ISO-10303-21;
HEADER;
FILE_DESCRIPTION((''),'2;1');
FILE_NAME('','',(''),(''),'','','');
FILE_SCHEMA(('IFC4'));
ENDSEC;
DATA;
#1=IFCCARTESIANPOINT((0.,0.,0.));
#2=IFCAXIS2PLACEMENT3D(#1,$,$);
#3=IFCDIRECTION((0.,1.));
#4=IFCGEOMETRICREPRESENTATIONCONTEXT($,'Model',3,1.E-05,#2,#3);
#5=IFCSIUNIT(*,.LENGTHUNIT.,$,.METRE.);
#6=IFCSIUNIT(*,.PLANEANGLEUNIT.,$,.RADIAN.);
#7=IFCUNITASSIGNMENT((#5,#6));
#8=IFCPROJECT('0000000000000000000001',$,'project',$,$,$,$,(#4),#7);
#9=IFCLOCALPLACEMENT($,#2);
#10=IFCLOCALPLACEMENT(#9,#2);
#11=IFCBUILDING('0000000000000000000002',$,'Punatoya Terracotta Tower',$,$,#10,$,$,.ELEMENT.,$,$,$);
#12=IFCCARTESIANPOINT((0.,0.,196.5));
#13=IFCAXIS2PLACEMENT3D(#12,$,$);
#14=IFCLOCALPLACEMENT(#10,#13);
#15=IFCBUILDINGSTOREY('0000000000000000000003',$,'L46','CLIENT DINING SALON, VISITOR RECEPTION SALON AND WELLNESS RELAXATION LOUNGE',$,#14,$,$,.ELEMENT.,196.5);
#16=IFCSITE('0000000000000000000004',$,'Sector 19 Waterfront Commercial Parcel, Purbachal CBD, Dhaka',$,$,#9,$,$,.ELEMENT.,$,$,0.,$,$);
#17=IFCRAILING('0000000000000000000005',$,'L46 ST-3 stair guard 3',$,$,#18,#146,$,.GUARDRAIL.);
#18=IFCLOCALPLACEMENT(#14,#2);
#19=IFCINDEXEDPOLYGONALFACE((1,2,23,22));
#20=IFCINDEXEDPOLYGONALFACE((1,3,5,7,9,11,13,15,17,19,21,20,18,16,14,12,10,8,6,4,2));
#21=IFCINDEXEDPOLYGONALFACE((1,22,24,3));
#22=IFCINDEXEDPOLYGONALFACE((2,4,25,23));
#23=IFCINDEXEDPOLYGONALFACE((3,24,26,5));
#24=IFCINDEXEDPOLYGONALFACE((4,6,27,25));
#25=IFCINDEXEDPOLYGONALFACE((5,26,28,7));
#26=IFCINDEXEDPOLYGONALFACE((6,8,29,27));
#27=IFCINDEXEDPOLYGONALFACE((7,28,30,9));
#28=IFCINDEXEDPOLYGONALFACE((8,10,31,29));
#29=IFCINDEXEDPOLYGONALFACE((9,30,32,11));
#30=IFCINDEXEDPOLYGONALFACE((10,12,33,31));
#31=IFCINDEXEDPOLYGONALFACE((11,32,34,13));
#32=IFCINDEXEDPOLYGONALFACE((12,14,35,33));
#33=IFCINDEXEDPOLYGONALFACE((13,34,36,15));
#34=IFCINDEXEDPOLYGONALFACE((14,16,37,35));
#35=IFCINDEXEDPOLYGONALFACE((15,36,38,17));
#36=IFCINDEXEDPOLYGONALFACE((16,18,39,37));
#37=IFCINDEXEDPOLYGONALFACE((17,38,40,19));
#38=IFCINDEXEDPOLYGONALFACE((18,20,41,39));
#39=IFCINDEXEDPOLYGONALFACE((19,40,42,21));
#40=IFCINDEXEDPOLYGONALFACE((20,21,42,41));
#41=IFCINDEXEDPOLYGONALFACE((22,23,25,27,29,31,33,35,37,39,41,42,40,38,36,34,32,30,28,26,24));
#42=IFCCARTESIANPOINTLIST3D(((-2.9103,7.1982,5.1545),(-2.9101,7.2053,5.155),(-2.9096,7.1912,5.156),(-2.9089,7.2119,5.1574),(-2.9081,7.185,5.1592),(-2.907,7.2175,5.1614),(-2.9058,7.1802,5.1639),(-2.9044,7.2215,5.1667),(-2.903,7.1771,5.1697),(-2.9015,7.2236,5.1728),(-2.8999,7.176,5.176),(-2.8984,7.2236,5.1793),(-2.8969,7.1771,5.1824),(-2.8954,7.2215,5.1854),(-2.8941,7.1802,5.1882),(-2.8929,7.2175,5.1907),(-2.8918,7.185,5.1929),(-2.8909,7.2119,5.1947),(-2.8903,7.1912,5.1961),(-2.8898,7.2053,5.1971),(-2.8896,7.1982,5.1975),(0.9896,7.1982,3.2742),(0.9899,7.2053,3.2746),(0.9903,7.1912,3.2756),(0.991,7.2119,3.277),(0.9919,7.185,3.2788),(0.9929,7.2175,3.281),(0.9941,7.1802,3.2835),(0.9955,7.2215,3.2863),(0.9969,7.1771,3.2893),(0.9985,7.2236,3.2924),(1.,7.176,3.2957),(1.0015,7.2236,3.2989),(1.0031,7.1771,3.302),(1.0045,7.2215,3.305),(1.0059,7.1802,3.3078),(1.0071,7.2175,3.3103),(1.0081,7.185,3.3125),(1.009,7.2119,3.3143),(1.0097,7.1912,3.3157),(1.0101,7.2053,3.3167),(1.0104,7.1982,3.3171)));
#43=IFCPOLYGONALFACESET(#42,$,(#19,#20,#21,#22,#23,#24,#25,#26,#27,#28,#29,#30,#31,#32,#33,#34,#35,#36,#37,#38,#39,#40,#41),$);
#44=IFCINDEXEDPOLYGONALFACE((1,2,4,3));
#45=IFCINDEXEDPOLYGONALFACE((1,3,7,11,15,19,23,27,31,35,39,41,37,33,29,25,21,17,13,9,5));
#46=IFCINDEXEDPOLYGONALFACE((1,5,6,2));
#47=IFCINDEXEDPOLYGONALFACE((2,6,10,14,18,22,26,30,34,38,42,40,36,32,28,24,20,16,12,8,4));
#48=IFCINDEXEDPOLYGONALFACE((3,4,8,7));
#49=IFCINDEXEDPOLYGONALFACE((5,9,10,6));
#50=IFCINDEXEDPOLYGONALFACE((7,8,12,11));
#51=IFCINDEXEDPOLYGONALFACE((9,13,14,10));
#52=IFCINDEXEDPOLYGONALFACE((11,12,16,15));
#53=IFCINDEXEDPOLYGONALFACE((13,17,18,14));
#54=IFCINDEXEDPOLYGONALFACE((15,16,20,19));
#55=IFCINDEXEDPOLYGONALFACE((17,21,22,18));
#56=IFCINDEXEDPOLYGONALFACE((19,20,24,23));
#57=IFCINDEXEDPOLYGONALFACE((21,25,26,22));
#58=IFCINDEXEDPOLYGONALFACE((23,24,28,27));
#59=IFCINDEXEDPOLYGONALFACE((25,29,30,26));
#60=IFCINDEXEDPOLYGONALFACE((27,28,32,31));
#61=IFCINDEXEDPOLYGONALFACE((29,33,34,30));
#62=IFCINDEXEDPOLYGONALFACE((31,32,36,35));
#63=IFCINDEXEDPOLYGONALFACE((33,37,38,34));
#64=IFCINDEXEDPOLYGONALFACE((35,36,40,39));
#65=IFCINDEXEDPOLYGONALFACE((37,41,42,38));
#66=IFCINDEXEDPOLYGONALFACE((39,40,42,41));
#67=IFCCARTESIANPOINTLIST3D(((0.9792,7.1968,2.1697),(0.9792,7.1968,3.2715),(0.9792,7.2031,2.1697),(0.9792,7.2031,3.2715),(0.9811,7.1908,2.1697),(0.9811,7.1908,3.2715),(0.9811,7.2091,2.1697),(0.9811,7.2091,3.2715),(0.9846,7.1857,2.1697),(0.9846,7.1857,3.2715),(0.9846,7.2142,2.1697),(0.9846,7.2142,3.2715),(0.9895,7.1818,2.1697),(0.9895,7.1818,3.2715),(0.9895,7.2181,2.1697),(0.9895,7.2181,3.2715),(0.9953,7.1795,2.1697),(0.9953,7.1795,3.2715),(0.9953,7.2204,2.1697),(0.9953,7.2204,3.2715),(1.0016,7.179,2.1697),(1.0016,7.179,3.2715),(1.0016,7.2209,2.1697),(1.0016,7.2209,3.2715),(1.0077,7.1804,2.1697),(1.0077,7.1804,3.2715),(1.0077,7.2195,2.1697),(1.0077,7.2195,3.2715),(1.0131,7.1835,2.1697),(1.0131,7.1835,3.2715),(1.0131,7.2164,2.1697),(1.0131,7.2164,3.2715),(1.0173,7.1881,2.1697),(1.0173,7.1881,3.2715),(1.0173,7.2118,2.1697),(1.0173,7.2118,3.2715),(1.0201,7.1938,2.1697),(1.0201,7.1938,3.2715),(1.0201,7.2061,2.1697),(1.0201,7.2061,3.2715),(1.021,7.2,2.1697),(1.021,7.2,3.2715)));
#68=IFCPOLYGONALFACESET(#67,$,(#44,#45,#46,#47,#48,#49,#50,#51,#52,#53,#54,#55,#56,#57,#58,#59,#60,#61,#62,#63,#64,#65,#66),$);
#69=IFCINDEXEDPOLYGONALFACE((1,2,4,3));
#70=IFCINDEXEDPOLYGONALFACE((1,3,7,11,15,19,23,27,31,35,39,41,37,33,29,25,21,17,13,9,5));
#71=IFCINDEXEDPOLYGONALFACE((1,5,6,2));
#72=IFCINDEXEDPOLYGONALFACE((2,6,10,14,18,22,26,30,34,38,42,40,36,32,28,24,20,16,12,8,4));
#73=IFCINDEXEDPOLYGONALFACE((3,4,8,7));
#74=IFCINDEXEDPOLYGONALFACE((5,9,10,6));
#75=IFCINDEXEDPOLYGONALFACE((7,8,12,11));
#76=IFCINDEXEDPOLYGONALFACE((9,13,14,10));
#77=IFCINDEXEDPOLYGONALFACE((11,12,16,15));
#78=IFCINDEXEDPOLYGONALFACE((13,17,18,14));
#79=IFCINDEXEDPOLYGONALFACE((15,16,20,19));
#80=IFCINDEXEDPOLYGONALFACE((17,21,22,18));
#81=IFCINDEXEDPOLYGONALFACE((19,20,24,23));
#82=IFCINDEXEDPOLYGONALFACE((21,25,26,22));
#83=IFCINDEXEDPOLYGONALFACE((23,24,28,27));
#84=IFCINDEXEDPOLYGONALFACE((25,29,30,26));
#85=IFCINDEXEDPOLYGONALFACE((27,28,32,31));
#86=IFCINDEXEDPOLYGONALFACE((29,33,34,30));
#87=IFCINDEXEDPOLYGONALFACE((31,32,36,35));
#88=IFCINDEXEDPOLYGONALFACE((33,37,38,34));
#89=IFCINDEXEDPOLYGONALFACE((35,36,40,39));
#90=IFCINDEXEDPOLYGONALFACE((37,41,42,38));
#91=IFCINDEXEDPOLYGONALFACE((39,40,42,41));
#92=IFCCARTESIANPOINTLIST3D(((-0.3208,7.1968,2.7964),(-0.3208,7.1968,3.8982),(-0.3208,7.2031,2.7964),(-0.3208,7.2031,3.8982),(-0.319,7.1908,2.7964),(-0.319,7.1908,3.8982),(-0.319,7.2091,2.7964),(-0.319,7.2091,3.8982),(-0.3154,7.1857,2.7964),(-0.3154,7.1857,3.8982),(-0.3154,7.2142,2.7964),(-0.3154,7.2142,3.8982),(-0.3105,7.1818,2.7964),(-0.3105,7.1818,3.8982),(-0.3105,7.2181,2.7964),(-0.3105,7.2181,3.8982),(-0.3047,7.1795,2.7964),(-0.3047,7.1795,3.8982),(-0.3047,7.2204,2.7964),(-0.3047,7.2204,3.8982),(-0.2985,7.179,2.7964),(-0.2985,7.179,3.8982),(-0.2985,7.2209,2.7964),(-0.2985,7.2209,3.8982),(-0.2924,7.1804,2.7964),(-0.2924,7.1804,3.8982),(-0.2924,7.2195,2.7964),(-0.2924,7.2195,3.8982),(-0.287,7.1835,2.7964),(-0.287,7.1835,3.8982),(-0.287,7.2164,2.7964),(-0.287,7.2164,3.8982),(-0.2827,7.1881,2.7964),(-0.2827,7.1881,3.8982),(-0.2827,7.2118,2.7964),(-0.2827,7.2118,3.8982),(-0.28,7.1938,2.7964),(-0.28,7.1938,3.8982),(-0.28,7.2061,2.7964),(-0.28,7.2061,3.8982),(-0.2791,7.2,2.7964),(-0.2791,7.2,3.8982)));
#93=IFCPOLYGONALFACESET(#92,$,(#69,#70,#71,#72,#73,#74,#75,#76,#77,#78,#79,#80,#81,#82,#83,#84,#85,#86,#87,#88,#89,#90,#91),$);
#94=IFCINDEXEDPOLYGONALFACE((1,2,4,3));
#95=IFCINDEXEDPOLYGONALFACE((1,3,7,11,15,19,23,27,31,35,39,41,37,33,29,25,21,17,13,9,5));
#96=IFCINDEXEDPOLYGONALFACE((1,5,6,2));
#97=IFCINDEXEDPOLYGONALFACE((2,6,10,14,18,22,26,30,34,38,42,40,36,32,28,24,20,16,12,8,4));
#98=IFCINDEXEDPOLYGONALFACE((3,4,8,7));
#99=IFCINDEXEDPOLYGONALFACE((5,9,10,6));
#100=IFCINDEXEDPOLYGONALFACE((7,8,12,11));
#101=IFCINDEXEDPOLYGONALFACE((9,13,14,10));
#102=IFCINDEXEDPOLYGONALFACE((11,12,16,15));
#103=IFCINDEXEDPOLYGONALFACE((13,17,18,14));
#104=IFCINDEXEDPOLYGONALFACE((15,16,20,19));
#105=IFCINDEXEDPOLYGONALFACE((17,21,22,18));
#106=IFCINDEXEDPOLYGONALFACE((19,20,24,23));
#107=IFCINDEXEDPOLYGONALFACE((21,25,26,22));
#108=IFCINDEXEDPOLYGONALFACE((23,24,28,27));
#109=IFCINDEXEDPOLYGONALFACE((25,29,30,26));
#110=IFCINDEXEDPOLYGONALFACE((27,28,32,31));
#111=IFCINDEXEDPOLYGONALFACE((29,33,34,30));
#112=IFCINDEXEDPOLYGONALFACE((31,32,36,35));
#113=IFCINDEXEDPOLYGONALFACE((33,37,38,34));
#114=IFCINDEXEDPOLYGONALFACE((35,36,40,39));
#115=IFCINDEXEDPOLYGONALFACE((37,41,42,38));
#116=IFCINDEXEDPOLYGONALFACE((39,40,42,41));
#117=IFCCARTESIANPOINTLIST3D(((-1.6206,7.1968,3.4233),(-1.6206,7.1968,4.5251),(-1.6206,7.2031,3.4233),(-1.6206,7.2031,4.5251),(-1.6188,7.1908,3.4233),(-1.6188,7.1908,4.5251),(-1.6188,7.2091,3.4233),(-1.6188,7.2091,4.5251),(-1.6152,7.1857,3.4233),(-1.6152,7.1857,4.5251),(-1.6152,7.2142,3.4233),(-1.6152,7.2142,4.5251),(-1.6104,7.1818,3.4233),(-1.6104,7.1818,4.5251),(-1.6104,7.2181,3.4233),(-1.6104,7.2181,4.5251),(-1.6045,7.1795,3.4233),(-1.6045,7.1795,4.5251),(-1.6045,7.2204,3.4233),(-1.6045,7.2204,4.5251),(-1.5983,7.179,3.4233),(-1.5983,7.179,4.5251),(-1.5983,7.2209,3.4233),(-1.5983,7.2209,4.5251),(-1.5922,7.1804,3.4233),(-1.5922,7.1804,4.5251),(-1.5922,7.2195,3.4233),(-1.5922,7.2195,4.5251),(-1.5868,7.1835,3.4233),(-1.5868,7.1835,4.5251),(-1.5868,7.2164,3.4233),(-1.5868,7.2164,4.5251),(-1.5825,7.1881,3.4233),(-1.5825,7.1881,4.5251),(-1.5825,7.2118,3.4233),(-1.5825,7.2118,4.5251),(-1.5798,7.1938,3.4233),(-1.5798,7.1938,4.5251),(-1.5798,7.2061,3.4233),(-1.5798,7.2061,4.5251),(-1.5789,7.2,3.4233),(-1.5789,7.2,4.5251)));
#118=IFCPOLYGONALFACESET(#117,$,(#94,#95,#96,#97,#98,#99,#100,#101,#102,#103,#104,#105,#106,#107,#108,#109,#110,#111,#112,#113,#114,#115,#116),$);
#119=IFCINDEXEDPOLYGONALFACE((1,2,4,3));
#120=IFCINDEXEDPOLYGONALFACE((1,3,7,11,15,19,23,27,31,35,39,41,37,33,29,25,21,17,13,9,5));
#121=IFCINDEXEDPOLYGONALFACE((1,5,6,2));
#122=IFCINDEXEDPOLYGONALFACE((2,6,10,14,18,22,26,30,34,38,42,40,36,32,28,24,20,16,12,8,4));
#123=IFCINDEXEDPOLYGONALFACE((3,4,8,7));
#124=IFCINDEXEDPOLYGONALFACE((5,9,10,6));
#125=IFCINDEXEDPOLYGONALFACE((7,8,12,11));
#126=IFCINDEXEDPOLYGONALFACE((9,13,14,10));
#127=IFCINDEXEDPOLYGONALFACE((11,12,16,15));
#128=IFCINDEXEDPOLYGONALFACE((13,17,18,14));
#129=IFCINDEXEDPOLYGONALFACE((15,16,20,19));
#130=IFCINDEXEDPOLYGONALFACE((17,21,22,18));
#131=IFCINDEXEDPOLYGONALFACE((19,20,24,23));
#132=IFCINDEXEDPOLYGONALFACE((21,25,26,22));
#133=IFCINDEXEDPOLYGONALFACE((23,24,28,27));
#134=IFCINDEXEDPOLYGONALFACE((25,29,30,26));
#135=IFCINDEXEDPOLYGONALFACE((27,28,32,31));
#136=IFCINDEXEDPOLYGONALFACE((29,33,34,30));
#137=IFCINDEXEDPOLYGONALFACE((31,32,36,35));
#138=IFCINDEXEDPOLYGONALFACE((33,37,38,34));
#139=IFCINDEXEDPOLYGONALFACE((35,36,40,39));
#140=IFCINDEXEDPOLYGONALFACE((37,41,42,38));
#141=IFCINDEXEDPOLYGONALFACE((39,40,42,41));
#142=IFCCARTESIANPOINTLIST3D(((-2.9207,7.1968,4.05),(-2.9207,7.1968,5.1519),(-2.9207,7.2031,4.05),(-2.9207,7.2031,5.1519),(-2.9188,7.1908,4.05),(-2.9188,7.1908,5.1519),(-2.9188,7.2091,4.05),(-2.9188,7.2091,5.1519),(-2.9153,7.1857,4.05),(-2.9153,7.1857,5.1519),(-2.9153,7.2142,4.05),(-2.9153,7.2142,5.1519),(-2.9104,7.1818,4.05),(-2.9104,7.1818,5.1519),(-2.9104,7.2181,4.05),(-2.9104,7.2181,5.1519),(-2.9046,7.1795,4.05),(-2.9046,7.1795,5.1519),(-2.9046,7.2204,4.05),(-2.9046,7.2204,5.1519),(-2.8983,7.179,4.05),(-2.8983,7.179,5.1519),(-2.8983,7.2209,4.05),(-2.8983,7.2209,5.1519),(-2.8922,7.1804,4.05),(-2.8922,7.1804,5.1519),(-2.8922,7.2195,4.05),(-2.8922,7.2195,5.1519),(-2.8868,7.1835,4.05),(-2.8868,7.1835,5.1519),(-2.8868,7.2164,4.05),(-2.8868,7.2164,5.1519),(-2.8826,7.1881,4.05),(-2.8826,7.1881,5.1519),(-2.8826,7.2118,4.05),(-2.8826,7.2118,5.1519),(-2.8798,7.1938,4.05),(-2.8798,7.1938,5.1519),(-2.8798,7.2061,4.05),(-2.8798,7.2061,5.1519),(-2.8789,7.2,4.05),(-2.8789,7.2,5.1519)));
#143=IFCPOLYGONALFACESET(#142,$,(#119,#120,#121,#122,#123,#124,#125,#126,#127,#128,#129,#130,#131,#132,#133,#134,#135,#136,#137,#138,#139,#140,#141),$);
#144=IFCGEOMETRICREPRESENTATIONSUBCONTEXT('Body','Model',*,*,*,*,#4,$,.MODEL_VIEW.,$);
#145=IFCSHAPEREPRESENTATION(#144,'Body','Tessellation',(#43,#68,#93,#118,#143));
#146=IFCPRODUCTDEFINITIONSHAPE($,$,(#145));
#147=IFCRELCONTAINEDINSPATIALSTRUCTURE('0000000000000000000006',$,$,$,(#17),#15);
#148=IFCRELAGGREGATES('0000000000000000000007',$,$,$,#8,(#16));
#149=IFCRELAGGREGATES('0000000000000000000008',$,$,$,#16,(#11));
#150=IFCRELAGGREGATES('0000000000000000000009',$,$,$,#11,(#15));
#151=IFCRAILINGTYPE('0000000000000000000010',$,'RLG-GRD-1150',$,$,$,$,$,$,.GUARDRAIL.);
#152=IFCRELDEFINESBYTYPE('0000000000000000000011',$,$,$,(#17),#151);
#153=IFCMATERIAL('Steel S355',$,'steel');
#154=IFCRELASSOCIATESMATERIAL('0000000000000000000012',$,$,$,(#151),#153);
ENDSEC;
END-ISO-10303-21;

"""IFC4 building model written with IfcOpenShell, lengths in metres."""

from ifc_helpers import new_model, si_unit, direction, frame, origin, origin_2d, place, context, subcontext, project, spatial, circle, extrude, material, type_object, element, save


model = new_model("IFC4")

# Units and contexts
model_context = context("Model", 3, precision=1e-05, world=origin(), true_north=direction((0.0, 1.0)))
body_context = subcontext(model_context, "Body", "Model", "MODEL_VIEW")
ifc_project = project(units=[si_unit("LENGTHUNIT", "METRE"), si_unit("PLANEANGLEUNIT", "RADIAN")], contexts=[model_context])

# Site, building, storey
site_placement = place(None, origin())
site = spatial("IfcSite", under=ifc_project, at=site_placement, Name="Sector 19 Waterfront Commercial Parcel, Purbachal CBD, Dhaka", CompositionType="ELEMENT", RefElevation=0.0)
building_placement = place(site_placement, origin())
building = spatial("IfcBuilding", under=site, at=building_placement, Name="Punatoya Terracotta Tower", CompositionType="ELEMENT")
storey_placement = place(building_placement, frame((0.0, 0.0, 196.5)))
storey = spatial("IfcBuildingStorey", under=building, at=storey_placement, Name="L46", Description="CLIENT DINING SALON, VISITOR RECEPTION SALON AND WELLNESS RELAXATION LOUNGE", CompositionType="ELEMENT", Elevation=196.5)

# Shared definitions
ifc_material_1 = material(Name="Steel S355", Category="steel")

# Railing
railing_type_1 = type_object("IfcRailingType", Name="RLG-GRD-1150", PredefinedType="GUARDRAIL", material=ifc_material_1)
railing_1_placement = place(storey_placement, frame((1.0, 7.2, 2.1697)))
element("IfcRailing", 1, at=railing_1_placement, inside=storey, type_object=railing_type_1, Name="L46 ST-3 stair guard 3", PredefinedType="GUARDRAIL", context=body_context, shape_type="SweptSolid", body=[
    extrude(circle(Radius=0.0239, at=origin_2d()), frame((0.0, 0.0, 1.126), z_axis=(-0.900763, 0.0, 0.434311), x_axis=(0.0, -1.0, 0.0)), (0.0, 0.0, 1.0), 4.3296),
    extrude(circle(Radius=0.021, at=origin_2d()), origin(), (0.0, 0.0, 1.0), 1.1018),
    extrude(circle(Radius=0.021, at=origin_2d()), frame((-1.3, 0.0, 0.6267)), (0.0, 0.0, 1.0), 1.1018),
    extrude(circle(Radius=0.021, at=origin_2d()), frame((-2.5999, 0.0, 1.2537)), (0.0, 0.0, 1.0), 1.1018),
    extrude(circle(Radius=0.021, at=origin_2d()), frame((-3.8999, 0.0, 1.8804)), (0.0, 0.0, 1.0), 1.1018),
])

save(model, "model.ifc")
